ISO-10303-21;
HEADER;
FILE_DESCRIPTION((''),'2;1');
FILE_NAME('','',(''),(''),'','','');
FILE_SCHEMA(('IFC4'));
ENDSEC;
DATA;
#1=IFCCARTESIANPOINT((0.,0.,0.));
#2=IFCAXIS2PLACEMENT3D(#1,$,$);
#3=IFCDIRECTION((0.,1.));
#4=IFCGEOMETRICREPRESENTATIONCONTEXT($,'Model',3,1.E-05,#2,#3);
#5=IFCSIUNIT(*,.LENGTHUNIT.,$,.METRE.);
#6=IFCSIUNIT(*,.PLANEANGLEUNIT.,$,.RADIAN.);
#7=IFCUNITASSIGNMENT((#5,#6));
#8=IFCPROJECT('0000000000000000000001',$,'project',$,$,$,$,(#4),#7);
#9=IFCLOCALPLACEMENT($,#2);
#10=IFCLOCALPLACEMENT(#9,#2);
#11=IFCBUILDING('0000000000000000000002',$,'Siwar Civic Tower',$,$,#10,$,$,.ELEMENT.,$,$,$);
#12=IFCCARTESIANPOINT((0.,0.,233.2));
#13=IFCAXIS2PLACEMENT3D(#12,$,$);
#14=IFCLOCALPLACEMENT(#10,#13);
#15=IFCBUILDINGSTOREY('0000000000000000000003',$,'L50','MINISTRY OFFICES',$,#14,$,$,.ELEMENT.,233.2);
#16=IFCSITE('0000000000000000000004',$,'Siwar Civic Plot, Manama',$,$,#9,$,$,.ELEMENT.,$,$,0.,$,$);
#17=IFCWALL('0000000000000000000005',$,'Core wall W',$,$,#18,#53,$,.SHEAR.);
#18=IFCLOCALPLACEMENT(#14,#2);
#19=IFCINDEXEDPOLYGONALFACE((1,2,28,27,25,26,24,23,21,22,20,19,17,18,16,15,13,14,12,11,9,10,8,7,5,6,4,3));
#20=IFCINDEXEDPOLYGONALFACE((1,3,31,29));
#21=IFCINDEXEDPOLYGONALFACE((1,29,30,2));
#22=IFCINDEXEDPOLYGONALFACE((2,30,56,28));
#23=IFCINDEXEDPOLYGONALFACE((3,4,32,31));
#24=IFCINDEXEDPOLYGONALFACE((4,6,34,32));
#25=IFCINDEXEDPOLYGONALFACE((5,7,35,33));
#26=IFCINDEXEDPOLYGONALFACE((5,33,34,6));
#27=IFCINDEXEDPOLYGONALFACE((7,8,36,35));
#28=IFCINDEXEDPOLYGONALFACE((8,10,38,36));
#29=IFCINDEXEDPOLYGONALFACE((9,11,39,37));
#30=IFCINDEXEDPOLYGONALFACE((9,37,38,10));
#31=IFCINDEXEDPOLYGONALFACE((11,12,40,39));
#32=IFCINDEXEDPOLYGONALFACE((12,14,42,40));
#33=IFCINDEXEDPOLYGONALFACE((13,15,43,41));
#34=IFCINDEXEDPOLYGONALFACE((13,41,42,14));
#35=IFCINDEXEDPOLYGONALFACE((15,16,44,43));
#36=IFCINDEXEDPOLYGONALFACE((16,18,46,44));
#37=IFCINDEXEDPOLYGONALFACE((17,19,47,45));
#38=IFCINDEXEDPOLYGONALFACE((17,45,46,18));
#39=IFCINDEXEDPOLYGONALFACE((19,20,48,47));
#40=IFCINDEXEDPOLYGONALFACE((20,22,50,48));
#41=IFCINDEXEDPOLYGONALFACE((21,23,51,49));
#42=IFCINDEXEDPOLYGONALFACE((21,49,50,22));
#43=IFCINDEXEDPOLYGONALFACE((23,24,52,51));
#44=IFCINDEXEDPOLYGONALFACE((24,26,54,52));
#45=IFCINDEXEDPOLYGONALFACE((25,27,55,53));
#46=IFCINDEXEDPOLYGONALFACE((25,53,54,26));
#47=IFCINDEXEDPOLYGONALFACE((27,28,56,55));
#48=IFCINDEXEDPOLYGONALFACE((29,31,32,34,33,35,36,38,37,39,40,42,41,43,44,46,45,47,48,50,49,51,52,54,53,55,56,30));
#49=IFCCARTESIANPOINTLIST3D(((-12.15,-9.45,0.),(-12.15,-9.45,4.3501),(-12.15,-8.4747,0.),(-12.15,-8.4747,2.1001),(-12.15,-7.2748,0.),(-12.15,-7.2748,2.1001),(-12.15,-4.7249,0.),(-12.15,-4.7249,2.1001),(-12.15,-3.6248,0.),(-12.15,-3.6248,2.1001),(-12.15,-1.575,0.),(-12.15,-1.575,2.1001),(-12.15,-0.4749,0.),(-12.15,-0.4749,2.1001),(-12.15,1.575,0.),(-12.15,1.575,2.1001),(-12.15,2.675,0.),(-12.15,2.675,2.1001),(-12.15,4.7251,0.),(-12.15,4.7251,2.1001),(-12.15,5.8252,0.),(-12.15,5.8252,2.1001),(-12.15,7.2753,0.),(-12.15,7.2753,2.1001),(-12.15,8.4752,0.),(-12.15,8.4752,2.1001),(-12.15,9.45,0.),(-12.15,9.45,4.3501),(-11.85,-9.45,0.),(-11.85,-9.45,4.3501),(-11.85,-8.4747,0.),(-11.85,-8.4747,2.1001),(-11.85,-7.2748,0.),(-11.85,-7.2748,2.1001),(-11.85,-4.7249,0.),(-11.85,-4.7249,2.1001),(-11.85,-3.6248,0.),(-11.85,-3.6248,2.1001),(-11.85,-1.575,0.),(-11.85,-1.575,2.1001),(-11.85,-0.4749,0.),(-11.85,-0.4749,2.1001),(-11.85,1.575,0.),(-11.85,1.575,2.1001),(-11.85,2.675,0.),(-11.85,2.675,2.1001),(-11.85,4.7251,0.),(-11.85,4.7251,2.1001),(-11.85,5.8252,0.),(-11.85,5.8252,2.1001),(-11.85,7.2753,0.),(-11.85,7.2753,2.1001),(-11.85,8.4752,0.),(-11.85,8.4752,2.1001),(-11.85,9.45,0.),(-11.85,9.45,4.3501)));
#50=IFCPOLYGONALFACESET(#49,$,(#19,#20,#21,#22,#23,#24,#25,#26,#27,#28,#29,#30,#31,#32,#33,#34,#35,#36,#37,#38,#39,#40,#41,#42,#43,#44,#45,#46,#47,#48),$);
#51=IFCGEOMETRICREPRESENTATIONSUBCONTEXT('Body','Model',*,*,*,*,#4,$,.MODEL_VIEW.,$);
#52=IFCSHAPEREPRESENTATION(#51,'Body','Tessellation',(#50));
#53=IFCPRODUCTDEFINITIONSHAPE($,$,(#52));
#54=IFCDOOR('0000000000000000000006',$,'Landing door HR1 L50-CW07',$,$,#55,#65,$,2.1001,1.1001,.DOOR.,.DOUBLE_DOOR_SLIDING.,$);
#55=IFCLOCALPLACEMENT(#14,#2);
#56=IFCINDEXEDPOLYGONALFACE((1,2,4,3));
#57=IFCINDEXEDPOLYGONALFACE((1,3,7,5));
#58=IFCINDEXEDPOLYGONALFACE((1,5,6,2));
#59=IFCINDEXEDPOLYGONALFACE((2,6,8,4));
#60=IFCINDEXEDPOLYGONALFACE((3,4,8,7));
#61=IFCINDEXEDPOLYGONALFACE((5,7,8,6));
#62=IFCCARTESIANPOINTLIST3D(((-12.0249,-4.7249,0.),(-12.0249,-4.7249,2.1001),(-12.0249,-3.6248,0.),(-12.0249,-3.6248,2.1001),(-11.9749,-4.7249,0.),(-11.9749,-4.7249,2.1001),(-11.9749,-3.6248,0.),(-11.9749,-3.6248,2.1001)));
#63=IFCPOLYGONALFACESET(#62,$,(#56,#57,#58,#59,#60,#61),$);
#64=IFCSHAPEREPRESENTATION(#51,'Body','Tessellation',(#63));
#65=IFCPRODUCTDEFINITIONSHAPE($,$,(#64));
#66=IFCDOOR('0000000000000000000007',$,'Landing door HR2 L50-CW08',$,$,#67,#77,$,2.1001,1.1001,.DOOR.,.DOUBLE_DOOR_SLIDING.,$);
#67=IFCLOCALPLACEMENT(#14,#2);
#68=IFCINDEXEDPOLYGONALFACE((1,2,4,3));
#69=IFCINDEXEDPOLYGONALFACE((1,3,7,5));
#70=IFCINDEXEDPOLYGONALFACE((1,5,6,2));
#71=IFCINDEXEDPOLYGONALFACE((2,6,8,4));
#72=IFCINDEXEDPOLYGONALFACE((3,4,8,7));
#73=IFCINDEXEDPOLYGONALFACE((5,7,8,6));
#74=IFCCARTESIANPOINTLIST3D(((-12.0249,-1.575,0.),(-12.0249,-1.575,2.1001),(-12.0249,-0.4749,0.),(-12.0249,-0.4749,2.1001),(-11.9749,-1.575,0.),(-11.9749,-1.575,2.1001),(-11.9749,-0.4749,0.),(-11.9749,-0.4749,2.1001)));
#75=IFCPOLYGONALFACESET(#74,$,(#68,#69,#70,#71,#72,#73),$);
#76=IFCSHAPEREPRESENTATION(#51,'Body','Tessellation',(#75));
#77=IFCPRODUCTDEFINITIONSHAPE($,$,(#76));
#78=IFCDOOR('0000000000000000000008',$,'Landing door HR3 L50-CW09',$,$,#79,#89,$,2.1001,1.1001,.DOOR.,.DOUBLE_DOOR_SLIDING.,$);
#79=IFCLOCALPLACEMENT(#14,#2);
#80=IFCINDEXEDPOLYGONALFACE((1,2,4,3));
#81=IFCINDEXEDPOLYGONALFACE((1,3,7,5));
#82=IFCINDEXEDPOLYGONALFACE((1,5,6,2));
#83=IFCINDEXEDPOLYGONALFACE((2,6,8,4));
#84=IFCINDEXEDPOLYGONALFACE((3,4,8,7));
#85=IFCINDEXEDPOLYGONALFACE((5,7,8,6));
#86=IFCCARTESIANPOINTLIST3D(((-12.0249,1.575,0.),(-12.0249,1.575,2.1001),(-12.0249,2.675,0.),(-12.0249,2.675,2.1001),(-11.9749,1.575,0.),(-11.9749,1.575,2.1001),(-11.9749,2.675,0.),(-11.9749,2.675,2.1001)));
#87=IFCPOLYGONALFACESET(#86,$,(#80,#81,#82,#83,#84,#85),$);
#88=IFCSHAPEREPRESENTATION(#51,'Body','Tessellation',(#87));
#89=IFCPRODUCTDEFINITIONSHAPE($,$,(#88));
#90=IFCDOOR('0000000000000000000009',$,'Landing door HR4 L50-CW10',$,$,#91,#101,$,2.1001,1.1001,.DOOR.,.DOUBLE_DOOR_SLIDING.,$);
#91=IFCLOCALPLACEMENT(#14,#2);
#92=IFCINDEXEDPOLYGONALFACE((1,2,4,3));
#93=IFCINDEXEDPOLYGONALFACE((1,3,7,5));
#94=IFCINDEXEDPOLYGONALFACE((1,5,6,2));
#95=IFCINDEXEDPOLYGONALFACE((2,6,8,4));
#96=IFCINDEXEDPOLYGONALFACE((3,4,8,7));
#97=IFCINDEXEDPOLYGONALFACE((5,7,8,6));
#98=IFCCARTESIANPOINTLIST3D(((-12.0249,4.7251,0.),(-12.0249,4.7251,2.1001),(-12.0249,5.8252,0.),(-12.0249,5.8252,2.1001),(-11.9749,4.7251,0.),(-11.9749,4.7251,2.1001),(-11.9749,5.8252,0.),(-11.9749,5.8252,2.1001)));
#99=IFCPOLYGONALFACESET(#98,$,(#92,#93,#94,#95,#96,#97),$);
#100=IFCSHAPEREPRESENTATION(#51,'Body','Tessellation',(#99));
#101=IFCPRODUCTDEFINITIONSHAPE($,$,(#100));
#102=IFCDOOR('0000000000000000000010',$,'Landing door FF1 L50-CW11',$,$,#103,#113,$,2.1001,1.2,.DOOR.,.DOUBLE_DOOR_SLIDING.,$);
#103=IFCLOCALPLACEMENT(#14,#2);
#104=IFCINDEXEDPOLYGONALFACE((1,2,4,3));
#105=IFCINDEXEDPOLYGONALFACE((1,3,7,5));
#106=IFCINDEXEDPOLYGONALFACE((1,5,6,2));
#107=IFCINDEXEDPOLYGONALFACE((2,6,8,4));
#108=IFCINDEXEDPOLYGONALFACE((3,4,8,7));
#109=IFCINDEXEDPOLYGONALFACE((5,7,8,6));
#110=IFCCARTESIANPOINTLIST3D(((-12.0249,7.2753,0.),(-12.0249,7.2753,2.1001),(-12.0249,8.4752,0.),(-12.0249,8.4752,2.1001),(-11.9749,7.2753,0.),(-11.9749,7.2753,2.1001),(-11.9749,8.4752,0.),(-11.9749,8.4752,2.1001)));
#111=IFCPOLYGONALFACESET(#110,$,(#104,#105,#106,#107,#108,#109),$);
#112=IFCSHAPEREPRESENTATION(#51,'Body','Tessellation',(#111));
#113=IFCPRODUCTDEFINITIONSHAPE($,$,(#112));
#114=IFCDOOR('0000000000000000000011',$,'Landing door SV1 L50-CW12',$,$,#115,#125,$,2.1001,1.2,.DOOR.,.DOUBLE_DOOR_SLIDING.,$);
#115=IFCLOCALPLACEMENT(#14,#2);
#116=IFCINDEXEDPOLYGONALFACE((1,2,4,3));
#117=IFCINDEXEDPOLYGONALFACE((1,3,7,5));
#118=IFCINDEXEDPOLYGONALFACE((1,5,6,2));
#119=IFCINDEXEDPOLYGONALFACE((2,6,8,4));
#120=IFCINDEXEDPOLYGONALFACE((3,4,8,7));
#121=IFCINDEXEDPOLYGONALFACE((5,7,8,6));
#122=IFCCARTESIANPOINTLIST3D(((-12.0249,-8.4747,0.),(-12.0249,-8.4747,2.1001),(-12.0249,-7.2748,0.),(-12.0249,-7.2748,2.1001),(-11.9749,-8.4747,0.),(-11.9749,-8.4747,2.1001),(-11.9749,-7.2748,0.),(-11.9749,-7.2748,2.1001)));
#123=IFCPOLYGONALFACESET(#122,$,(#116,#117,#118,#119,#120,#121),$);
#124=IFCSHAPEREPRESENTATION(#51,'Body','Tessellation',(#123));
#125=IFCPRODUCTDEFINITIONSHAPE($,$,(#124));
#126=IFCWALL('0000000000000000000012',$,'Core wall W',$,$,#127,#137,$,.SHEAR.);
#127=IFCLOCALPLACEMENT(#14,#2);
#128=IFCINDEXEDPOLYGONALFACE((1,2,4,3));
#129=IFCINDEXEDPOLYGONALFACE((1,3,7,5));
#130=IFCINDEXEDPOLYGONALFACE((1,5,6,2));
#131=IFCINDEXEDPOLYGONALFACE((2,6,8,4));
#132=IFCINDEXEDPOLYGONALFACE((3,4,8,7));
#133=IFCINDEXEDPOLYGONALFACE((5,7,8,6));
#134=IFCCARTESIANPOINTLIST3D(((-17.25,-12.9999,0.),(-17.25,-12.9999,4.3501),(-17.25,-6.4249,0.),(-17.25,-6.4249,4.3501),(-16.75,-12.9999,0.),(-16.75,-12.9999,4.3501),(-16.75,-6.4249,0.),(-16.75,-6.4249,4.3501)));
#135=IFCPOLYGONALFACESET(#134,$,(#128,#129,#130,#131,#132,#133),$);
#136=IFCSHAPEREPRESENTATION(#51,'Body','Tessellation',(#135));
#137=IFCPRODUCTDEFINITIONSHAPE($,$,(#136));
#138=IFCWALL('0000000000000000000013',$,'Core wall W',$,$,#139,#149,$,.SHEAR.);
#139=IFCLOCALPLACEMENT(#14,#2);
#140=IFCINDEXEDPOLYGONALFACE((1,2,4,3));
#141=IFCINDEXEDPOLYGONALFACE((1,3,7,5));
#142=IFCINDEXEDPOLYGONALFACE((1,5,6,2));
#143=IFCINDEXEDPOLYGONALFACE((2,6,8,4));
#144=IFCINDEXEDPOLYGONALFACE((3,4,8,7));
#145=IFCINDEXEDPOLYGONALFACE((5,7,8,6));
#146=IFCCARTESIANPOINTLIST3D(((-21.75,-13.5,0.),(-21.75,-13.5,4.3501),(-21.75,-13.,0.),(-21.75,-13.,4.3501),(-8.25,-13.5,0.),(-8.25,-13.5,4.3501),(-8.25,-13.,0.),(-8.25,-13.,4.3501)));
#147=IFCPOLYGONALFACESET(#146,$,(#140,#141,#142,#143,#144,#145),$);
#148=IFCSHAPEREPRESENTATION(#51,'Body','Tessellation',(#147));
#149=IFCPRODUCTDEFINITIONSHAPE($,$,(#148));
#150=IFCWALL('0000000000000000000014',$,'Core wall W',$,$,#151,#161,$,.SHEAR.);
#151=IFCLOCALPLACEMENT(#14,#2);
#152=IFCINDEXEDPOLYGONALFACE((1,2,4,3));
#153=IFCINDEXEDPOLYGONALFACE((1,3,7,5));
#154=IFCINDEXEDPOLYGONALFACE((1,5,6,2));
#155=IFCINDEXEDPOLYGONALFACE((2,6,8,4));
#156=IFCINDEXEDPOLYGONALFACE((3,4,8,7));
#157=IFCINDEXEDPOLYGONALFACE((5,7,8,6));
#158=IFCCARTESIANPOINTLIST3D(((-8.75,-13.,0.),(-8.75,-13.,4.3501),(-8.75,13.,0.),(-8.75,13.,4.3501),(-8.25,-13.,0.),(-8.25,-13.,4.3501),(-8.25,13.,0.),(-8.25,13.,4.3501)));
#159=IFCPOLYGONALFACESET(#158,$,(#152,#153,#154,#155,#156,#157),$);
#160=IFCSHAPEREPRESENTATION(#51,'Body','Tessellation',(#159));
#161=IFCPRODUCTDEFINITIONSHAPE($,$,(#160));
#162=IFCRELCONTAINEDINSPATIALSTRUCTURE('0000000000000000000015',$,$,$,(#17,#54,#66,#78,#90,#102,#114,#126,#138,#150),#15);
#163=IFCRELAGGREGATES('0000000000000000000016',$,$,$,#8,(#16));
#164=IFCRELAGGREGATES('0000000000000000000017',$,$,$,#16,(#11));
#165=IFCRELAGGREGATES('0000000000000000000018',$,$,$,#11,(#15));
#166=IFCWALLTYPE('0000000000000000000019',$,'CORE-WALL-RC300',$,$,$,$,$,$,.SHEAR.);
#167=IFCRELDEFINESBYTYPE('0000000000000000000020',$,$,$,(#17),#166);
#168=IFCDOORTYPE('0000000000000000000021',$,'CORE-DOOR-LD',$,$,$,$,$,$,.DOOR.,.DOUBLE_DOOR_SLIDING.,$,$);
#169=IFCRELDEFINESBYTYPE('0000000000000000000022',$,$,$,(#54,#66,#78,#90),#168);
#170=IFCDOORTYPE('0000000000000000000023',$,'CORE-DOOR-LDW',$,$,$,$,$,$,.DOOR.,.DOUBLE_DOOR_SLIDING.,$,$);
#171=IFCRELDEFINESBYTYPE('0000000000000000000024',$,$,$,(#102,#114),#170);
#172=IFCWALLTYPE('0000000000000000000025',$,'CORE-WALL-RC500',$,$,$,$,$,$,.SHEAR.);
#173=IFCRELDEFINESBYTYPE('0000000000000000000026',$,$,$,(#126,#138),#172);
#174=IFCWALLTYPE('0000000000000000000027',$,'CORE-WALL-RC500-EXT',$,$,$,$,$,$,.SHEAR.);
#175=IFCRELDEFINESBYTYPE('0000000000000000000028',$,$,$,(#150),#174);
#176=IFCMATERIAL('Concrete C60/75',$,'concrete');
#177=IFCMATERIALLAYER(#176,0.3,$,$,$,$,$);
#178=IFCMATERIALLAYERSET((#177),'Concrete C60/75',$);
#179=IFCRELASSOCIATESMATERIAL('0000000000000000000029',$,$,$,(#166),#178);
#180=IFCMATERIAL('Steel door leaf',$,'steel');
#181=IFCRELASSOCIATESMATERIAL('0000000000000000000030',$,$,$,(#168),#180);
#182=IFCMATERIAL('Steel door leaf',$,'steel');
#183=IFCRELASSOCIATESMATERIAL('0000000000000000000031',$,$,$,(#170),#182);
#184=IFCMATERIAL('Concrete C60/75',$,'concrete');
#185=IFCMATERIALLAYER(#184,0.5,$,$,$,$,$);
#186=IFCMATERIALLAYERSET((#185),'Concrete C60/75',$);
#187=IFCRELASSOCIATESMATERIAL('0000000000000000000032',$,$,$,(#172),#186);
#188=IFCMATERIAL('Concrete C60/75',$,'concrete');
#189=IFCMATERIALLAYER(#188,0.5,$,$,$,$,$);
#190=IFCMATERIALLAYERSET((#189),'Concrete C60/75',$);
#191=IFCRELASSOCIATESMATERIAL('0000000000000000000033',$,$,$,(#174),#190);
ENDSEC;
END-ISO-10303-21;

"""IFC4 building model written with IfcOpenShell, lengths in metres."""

from ifc_helpers import new_model, si_unit, direction, frame, frame_2d, origin, place, context, subcontext, project, spatial, rectangle, extrude, material, layer, layer_set, type_object, element, fill, save


model = new_model("IFC4")

# Units and contexts
model_context = context("Model", 3, precision=1e-05, world=origin(), true_north=direction((0.0, 1.0)))
body_context = subcontext(model_context, "Body", "Model", "MODEL_VIEW")
ifc_project = project(units=[si_unit("LENGTHUNIT", "METRE"), si_unit("PLANEANGLEUNIT", "RADIAN")], contexts=[model_context])

# Site, building, storey
site_placement = place(None, origin())
site = spatial("IfcSite", under=ifc_project, at=site_placement, Name="Siwar Civic Plot, Manama", CompositionType="ELEMENT", RefElevation=0.0)
building_placement = place(site_placement, origin())
building = spatial("IfcBuilding", under=site, at=building_placement, Name="Siwar Civic Tower", CompositionType="ELEMENT")
storey_placement = place(building_placement, frame((0.0, 0.0, 233.2)))
storey = spatial("IfcBuildingStorey", under=building, at=storey_placement, Name="L50", Description="MINISTRY OFFICES", CompositionType="ELEMENT", Elevation=233.2)

# Wall, openings, doors
ifc_material_1 = material(Name="Concrete C60/75", Category="concrete")
ifc_layer_1 = layer(ifc_material_1, 0.3)
ifc_layer_set_1 = layer_set([ifc_layer_1], Name="Concrete C60/75")
wall_type_1 = type_object("IfcWallType", Name="CORE-WALL-RC300", PredefinedType="SHEAR", material=ifc_layer_set_1)
wall_1_placement = place(storey_placement, frame((-12.0, -9.45, 0.0), z_axis=(0.0, 0.0, 1.0), x_axis=(0.0, 1.0, 0.0)))
wall_1 = element("IfcWall", 1, at=wall_1_placement, inside=storey, type_object=wall_type_1, Name="Core wall W", PredefinedType="SHEAR", context=body_context, shape_type="SweptSolid", body=[
    extrude(rectangle(XDim=18.8999, YDim=0.3, at=frame_2d((9.45, 0.0))), origin(), (0.0, 0.0, 1.0), 4.3501),
])
opening_1_placement = place(wall_1_placement, frame((4.7251, 0.0, 0.0)))
opening_1 = element("IfcOpeningElement", 2, at=opening_1_placement, cuts=wall_1, PredefinedType="OPENING", context=body_context, shape_type="SweptSolid", body=[
    extrude(rectangle(XDim=1.1001, YDim=2.1001, at=frame_2d((0.55, 1.05))), frame((0.0, 0.1602, 0.0), z_axis=(0.0, -1.0, 0.0), x_axis=(1.0, 0.0, 0.0)), (0.0, 0.0, 1.0), 0.3201),
])
opening_2_placement = place(wall_1_placement, frame((7.875, 0.0, 0.0)))
opening_2 = element("IfcOpeningElement", 3, at=opening_2_placement, cuts=wall_1, PredefinedType="OPENING", context=body_context, shape_type="SweptSolid", body=[
    extrude(rectangle(XDim=1.1001, YDim=2.1001, at=frame_2d((0.55, 1.05))), frame((0.0, 0.1602, 0.0), z_axis=(0.0, -1.0, 0.0), x_axis=(1.0, 0.0, 0.0)), (0.0, 0.0, 1.0), 0.3201),
])
opening_3_placement = place(wall_1_placement, frame((11.0249, 0.0, 0.0)))
opening_3 = element("IfcOpeningElement", 4, at=opening_3_placement, cuts=wall_1, PredefinedType="OPENING", context=body_context, shape_type="SweptSolid", body=[
    extrude(rectangle(XDim=1.1001, YDim=2.1001, at=frame_2d((0.55, 1.05))), frame((0.0, 0.1602, 0.0), z_axis=(0.0, -1.0, 0.0), x_axis=(1.0, 0.0, 0.0)), (0.0, 0.0, 1.0), 0.3201),
])
opening_4_placement = place(wall_1_placement, frame((14.175, 0.0, 0.0)))
opening_4 = element("IfcOpeningElement", 5, at=opening_4_placement, cuts=wall_1, PredefinedType="OPENING", context=body_context, shape_type="SweptSolid", body=[
    extrude(rectangle(XDim=1.1001, YDim=2.1001, at=frame_2d((0.55, 1.05))), frame((0.0, 0.1602, 0.0), z_axis=(0.0, -1.0, 0.0), x_axis=(1.0, 0.0, 0.0)), (0.0, 0.0, 1.0), 0.3201),
])
opening_5_placement = place(wall_1_placement, frame((16.7251, 0.0, 0.0)))
opening_5 = element("IfcOpeningElement", 6, at=opening_5_placement, cuts=wall_1, PredefinedType="OPENING", context=body_context, shape_type="SweptSolid", body=[
    extrude(rectangle(XDim=1.2, YDim=2.1001, at=frame_2d((0.6001, 1.05))), frame((0.0, 0.1602, 0.0), z_axis=(0.0, -1.0, 0.0), x_axis=(1.0, 0.0, 0.0)), (0.0, 0.0, 1.0), 0.3201),
])
opening_6_placement = place(wall_1_placement, frame((0.9751, 0.0, 0.0)))
opening_6 = element("IfcOpeningElement", 7, at=opening_6_placement, cuts=wall_1, PredefinedType="OPENING", context=body_context, shape_type="SweptSolid", body=[
    extrude(rectangle(XDim=1.2, YDim=2.1001, at=frame_2d((0.6001, 1.05))), frame((0.0, 0.1602, 0.0), z_axis=(0.0, -1.0, 0.0), x_axis=(1.0, 0.0, 0.0)), (0.0, 0.0, 1.0), 0.3201),
])
ifc_material_2 = material(Name="Steel door leaf", Category="steel")
door_type_1 = type_object("IfcDoorType", Name="CORE-DOOR-LD", OperationType="DOUBLE_DOOR_SLIDING", PredefinedType="DOOR", material=ifc_material_2)
door_1_placement = place(opening_1_placement, origin())
door_1 = element("IfcDoor", 8, at=door_1_placement, inside=storey, type_object=door_type_1, Name="Landing door HR1 L50-CW07", OperationType="DOUBLE_DOOR_SLIDING", OverallHeight=2.1001, OverallWidth=1.1001, PredefinedType="DOOR", context=body_context, shape_type="SweptSolid", body=[
    extrude(rectangle(XDim=1.1001, YDim=2.1001, at=frame_2d((0.55, 1.05))), frame((0.0, 0.0249, 0.0), z_axis=(0.0, -1.0, 0.0), x_axis=(1.0, 0.0, 0.0)), (0.0, 0.0, 1.0), 0.05),
])
fill(opening_1, door_1)
door_2_placement = place(opening_2_placement, origin())
door_2 = element("IfcDoor", 9, at=door_2_placement, inside=storey, type_object=door_type_1, Name="Landing door HR2 L50-CW08", OperationType="DOUBLE_DOOR_SLIDING", OverallHeight=2.1001, OverallWidth=1.1001, PredefinedType="DOOR", context=body_context, shape_type="SweptSolid", body=[
    extrude(rectangle(XDim=1.1001, YDim=2.1001, at=frame_2d((0.55, 1.05))), frame((0.0, 0.0249, 0.0), z_axis=(0.0, -1.0, 0.0), x_axis=(1.0, 0.0, 0.0)), (0.0, 0.0, 1.0), 0.05),
])
fill(opening_2, door_2)
door_3_placement = place(opening_3_placement, origin())
door_3 = element("IfcDoor", 10, at=door_3_placement, inside=storey, type_object=door_type_1, Name="Landing door HR3 L50-CW09", OperationType="DOUBLE_DOOR_SLIDING", OverallHeight=2.1001, OverallWidth=1.1001, PredefinedType="DOOR", context=body_context, shape_type="SweptSolid", body=[
    extrude(rectangle(XDim=1.1001, YDim=2.1001, at=frame_2d((0.55, 1.05))), frame((0.0, 0.0249, 0.0), z_axis=(0.0, -1.0, 0.0), x_axis=(1.0, 0.0, 0.0)), (0.0, 0.0, 1.0), 0.05),
])
fill(opening_3, door_3)
door_4_placement = place(opening_4_placement, origin())
door_4 = element("IfcDoor", 11, at=door_4_placement, inside=storey, type_object=door_type_1, Name="Landing door HR4 L50-CW10", OperationType="DOUBLE_DOOR_SLIDING", OverallHeight=2.1001, OverallWidth=1.1001, PredefinedType="DOOR", context=body_context, shape_type="SweptSolid", body=[
    extrude(rectangle(XDim=1.1001, YDim=2.1001, at=frame_2d((0.55, 1.05))), frame((0.0, 0.0249, 0.0), z_axis=(0.0, -1.0, 0.0), x_axis=(1.0, 0.0, 0.0)), (0.0, 0.0, 1.0), 0.05),
])
fill(opening_4, door_4)
ifc_material_3 = material(Name="Steel door leaf", Category="steel")
door_type_2 = type_object("IfcDoorType", Name="CORE-DOOR-LDW", OperationType="DOUBLE_DOOR_SLIDING", PredefinedType="DOOR", material=ifc_material_3)
door_5_placement = place(opening_5_placement, origin())
door_5 = element("IfcDoor", 12, at=door_5_placement, inside=storey, type_object=door_type_2, Name="Landing door FF1 L50-CW11", OperationType="DOUBLE_DOOR_SLIDING", OverallHeight=2.1001, OverallWidth=1.2, PredefinedType="DOOR", context=body_context, shape_type="SweptSolid", body=[
    extrude(rectangle(XDim=1.2, YDim=2.1001, at=frame_2d((0.6001, 1.05))), frame((0.0, 0.0249, 0.0), z_axis=(0.0, -1.0, 0.0), x_axis=(1.0, 0.0, 0.0)), (0.0, 0.0, 1.0), 0.05),
])
fill(opening_5, door_5)
door_6_placement = place(opening_6_placement, origin())
door_6 = element("IfcDoor", 13, at=door_6_placement, inside=storey, type_object=door_type_2, Name="Landing door SV1 L50-CW12", OperationType="DOUBLE_DOOR_SLIDING", OverallHeight=2.1001, OverallWidth=1.2, PredefinedType="DOOR", context=body_context, shape_type="SweptSolid", body=[
    extrude(rectangle(XDim=1.2, YDim=2.1001, at=frame_2d((0.6001, 1.05))), frame((0.0, 0.0249, 0.0), z_axis=(0.0, -1.0, 0.0), x_axis=(1.0, 0.0, 0.0)), (0.0, 0.0, 1.0), 0.05),
])
fill(opening_6, door_6)

# Walls
ifc_material_4 = material(Name="Concrete C60/75", Category="concrete")
ifc_layer_2 = layer(ifc_material_4, 0.5)
ifc_layer_set_2 = layer_set([ifc_layer_2], Name="Concrete C60/75")
wall_type_2 = type_object("IfcWallType", Name="CORE-WALL-RC500", PredefinedType="SHEAR", material=ifc_layer_set_2)
wall_2_placement = place(storey_placement, frame((-17.0, -13.0, 0.0), z_axis=(0.0, 0.0, 1.0), x_axis=(0.0, 1.0, 0.0)))
element("IfcWall", 14, at=wall_2_placement, inside=storey, type_object=wall_type_2, Name="Core wall W", PredefinedType="SHEAR", context=body_context, shape_type="SweptSolid", body=[
    extrude(rectangle(XDim=6.575, YDim=0.5, at=frame_2d((3.2876, 0.0))), origin(), (0.0, 0.0, 1.0), 4.3501),
])
wall_3_placement = place(storey_placement, frame((-8.25, -13.25, 0.0), z_axis=(0.0, 0.0, 1.0), x_axis=(-1.0, 0.0, 0.0)))
element("IfcWall", 15, at=wall_3_placement, inside=storey, type_object=wall_type_2, Name="Core wall W", PredefinedType="SHEAR", context=body_context, shape_type="SweptSolid", body=[
    extrude(rectangle(XDim=13.5, YDim=0.5, at=frame_2d((6.75, 0.0))), origin(), (0.0, 0.0, 1.0), 4.3501),
])
ifc_material_5 = material(Name="Concrete C60/75", Category="concrete")
ifc_layer_3 = layer(ifc_material_5, 0.5)
ifc_layer_set_3 = layer_set([ifc_layer_3], Name="Concrete C60/75")
wall_type_3 = type_object("IfcWallType", Name="CORE-WALL-RC500-EXT", PredefinedType="SHEAR", material=ifc_layer_set_3)
wall_4_placement = place(storey_placement, frame((-8.5, -13.0, 0.0), z_axis=(0.0, 0.0, 1.0), x_axis=(0.0, 1.0, 0.0)))
element("IfcWall", 16, at=wall_4_placement, inside=storey, type_object=wall_type_3, Name="Core wall W", PredefinedType="SHEAR", context=body_context, shape_type="SweptSolid", body=[
    extrude(rectangle(XDim=26.0, YDim=0.5, at=frame_2d((13.0, 0.0))), origin(), (0.0, 0.0, 1.0), 4.3501),
])

save(model, "model.ifc")
